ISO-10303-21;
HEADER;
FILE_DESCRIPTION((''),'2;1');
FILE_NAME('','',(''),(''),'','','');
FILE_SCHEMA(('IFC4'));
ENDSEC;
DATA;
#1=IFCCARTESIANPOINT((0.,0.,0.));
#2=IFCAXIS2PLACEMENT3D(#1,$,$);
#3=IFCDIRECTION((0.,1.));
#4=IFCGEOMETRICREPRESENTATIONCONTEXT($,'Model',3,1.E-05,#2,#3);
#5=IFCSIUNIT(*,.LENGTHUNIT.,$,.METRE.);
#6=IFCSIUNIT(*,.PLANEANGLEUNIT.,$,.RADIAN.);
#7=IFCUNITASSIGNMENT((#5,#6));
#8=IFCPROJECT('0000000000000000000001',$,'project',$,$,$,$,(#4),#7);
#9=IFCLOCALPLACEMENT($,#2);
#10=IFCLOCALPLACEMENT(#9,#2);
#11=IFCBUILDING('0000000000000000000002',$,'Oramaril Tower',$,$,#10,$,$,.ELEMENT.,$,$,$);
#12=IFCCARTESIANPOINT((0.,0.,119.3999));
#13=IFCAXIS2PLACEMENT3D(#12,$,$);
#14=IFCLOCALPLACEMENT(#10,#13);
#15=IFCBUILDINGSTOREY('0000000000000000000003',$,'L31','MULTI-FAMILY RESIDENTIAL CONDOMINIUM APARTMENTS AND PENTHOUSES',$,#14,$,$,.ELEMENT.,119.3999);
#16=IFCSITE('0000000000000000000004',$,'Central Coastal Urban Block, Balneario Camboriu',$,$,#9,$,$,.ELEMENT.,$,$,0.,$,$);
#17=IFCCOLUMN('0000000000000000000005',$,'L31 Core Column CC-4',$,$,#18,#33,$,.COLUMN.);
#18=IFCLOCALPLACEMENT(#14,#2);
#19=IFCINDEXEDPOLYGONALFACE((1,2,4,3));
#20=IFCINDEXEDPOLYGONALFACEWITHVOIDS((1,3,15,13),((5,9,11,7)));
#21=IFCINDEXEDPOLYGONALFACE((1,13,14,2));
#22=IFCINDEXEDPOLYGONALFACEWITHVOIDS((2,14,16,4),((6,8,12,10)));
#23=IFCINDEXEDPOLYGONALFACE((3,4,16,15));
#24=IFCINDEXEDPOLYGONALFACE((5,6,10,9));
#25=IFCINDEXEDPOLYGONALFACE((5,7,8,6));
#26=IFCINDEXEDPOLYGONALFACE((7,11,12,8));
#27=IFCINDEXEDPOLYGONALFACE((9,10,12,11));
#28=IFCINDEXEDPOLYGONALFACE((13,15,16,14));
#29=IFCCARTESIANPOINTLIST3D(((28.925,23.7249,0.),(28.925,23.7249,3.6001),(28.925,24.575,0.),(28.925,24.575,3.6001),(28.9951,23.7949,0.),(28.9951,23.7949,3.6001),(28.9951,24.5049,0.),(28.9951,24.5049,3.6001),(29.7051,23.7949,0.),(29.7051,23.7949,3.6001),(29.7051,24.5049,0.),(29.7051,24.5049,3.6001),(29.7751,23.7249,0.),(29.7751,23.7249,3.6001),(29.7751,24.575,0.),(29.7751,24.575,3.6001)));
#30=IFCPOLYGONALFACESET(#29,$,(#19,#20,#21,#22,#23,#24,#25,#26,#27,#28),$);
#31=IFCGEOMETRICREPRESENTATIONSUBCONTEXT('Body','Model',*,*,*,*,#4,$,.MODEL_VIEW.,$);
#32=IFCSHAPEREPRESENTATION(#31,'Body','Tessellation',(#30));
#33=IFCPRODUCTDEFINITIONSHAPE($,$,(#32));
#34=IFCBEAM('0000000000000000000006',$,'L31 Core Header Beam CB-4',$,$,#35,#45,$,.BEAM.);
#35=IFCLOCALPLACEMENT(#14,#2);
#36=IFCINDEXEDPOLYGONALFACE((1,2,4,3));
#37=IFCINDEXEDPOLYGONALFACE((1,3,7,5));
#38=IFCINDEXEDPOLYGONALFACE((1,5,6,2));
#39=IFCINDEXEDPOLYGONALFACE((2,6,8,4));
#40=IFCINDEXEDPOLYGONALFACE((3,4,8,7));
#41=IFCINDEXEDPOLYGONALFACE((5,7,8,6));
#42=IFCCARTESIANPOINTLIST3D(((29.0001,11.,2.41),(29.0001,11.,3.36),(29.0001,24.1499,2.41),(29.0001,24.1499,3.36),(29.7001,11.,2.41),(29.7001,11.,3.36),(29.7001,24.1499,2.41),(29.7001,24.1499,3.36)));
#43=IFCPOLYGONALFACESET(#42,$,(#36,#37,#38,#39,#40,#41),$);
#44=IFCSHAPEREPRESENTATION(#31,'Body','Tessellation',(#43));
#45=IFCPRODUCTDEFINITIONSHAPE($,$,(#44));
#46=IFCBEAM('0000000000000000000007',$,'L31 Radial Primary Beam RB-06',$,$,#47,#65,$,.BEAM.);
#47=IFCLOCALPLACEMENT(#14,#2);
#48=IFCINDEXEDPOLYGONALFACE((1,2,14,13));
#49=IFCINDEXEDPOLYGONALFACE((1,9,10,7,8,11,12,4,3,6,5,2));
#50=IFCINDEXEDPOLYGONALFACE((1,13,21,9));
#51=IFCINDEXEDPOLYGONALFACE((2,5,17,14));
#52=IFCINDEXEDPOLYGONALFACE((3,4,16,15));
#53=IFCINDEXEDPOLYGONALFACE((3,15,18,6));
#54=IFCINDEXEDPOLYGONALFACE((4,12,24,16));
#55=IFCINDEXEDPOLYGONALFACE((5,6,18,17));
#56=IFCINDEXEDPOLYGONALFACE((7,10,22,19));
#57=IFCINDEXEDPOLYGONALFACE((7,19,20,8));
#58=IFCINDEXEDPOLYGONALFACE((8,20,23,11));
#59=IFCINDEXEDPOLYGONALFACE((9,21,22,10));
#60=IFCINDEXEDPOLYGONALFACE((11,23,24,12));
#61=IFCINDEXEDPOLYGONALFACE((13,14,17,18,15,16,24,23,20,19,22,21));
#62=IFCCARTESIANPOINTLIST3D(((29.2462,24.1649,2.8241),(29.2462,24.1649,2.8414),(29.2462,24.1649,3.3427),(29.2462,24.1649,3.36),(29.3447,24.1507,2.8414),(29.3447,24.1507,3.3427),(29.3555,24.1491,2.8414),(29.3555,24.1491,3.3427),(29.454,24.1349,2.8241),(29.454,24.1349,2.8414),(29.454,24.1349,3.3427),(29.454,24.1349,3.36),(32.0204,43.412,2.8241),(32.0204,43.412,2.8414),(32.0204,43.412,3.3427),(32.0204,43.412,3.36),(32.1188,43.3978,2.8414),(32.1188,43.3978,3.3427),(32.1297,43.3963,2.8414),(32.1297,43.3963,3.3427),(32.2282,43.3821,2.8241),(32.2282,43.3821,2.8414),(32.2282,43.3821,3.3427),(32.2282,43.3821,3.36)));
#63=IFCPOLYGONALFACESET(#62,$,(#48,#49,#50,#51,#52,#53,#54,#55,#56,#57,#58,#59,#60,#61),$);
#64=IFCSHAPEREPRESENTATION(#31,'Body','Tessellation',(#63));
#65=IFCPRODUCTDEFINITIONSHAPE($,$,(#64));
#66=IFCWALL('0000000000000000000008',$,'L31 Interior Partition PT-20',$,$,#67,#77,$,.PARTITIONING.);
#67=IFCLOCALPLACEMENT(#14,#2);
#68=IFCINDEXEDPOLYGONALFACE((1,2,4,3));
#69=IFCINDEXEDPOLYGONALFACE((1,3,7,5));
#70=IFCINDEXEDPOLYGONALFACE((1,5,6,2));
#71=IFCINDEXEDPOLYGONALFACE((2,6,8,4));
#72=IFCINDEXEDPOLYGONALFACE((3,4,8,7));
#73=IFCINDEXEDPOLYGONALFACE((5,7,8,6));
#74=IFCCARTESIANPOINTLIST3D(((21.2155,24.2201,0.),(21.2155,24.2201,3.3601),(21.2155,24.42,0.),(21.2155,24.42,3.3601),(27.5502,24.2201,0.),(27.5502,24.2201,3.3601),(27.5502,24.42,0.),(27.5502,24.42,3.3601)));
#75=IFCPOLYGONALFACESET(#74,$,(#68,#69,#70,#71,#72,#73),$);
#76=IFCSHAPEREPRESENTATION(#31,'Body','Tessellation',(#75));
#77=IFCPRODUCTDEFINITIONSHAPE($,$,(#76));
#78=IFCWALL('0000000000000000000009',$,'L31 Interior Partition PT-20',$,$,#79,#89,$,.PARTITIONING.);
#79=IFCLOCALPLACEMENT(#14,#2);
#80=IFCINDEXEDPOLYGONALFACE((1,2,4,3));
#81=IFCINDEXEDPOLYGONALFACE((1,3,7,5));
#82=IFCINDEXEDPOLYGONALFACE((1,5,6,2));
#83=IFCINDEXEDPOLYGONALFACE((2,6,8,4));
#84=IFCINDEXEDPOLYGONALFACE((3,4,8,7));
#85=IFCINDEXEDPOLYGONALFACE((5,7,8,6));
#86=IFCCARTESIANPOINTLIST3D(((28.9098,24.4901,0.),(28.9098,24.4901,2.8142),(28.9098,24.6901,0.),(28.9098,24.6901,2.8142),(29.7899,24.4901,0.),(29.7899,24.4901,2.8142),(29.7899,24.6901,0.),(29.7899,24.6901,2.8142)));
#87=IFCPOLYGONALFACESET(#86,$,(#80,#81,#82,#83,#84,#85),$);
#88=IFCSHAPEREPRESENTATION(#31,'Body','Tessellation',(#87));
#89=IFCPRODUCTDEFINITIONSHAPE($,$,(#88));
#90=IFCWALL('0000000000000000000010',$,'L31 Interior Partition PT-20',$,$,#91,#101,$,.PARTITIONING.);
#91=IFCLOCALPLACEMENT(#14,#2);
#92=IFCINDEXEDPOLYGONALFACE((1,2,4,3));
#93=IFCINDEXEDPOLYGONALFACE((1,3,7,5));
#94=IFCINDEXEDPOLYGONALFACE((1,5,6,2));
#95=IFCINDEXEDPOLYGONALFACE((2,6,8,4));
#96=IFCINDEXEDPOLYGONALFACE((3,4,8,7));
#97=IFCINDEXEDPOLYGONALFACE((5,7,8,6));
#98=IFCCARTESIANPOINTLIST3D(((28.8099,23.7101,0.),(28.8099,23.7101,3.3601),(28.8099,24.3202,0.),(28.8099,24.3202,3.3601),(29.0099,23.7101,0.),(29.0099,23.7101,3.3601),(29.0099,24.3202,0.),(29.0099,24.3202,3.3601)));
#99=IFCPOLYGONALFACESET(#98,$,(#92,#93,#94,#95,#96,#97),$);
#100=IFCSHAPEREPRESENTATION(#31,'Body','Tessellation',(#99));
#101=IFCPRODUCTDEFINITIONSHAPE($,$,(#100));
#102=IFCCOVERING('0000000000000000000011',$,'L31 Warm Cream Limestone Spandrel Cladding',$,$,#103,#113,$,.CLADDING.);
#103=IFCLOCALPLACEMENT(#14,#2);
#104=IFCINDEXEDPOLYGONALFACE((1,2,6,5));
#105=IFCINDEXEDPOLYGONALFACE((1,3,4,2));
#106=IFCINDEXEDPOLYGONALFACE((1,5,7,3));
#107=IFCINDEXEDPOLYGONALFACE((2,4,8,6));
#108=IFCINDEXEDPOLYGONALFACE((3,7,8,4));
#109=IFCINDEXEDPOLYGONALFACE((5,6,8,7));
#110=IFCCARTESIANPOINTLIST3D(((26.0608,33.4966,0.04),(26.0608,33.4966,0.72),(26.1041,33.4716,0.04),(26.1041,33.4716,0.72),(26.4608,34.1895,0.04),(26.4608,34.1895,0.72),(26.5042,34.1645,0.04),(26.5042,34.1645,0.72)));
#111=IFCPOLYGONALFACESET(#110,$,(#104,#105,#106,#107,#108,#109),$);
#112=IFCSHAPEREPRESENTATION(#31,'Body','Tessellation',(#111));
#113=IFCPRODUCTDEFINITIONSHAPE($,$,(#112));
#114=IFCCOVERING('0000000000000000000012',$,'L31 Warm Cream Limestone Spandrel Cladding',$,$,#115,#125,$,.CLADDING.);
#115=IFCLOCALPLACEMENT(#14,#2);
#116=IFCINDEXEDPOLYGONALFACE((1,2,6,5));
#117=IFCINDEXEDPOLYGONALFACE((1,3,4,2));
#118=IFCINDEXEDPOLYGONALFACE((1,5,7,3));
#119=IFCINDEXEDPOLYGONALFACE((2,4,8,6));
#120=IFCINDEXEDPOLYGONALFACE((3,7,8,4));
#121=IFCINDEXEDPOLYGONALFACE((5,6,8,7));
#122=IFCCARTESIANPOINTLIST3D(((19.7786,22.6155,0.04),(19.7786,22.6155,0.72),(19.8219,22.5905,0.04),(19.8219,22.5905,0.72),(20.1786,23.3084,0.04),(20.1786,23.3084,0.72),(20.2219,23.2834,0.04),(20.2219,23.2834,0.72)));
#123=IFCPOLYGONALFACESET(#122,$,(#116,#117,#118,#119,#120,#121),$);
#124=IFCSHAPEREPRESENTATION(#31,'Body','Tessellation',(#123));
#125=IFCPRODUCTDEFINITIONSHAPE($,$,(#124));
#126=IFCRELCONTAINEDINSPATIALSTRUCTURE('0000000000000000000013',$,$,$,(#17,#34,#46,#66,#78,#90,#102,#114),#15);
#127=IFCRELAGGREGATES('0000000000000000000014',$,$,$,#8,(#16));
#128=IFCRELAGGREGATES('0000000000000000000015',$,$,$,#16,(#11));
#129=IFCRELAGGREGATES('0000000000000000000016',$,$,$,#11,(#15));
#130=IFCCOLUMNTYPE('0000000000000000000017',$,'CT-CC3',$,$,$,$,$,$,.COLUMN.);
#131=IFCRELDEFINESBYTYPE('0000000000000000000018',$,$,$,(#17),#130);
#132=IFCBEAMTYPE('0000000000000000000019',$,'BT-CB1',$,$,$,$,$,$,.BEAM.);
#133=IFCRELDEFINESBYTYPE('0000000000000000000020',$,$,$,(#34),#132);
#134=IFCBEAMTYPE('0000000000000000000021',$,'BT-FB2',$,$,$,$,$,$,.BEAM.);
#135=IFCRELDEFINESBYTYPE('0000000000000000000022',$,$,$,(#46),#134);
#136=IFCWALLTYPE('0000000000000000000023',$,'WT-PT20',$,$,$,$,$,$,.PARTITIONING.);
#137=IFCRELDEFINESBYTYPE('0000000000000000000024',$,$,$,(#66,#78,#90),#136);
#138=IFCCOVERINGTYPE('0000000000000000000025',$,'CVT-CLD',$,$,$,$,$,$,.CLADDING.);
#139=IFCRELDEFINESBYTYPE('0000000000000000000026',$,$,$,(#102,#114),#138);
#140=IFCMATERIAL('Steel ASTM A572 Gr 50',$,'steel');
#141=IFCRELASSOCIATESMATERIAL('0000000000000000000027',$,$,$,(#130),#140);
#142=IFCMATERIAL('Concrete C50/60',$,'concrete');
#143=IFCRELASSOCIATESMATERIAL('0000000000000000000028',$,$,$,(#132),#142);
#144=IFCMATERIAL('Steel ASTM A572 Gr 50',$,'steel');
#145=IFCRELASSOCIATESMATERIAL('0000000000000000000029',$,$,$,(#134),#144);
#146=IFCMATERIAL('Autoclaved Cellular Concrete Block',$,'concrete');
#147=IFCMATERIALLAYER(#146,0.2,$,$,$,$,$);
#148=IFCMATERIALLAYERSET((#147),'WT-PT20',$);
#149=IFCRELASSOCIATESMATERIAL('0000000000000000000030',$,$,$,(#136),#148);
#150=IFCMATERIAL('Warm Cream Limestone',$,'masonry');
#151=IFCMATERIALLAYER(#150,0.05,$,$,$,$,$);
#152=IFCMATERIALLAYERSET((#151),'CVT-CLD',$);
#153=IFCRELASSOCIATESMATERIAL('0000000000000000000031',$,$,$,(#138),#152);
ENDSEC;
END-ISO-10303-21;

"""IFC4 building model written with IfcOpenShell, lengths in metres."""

from ifc_helpers import new_model, si_unit, direction, frame, frame_2d, origin, origin_2d, place, context, subcontext, project, spatial, rectangle, hollow_rectangle, i_section, extrude, material, layer, layer_set, material_profile, profile_set, type_object, element, save


model = new_model("IFC4")

# Units and contexts
model_context = context("Model", 3, precision=1e-05, world=origin(), true_north=direction((0.0, 1.0)))
body_context = subcontext(model_context, "Body", "Model", "MODEL_VIEW")
ifc_project = project(units=[si_unit("LENGTHUNIT", "METRE"), si_unit("PLANEANGLEUNIT", "RADIAN")], contexts=[model_context])

# Site, building, storey
site_placement = place(None, origin())
site = spatial("IfcSite", under=ifc_project, at=site_placement, Name="Central Coastal Urban Block, Balneario Camboriu", CompositionType="ELEMENT", RefElevation=0.0)
building_placement = place(site_placement, origin())
building = spatial("IfcBuilding", under=site, at=building_placement, Name="Oramaril Tower", CompositionType="ELEMENT")
storey_placement = place(building_placement, frame((0.0, 0.0, 119.3999)))
storey = spatial("IfcBuildingStorey", under=building, at=storey_placement, Name="L31", Description="MULTI-FAMILY RESIDENTIAL CONDOMINIUM APARTMENTS AND PENTHOUSES", CompositionType="ELEMENT", Elevation=119.3999)

# Column
ifc_material_1 = material(Name="Steel ASTM A572 Gr 50", Category="steel")
ifc_material_profile_1 = material_profile(ifc_material_1, hollow_rectangle(XDim=0.8501, YDim=0.8501, WallThickness=0.0701, at=origin_2d()), Name="BOX850X850X70")
ifc_profile_set_1 = profile_set([ifc_material_profile_1], Name="Steel ASTM A572 Gr 50")
column_type = type_object("IfcColumnType", Name="CT-CC3", PredefinedType="COLUMN", material=ifc_profile_set_1)
column_placement = place(storey_placement, frame((29.3501, 24.1499, 0.0), z_axis=(0.0, 0.0, 1.0), x_axis=(1.0, 0.0, 0.0)))
element("IfcColumn", 1, at=column_placement, inside=storey, type_object=column_type, Name="L31 Core Column CC-4", PredefinedType="COLUMN", context=body_context, shape_type="SweptSolid", body=[
    extrude(hollow_rectangle(XDim=0.8501, YDim=0.8501, WallThickness=0.0701, at=origin_2d()), origin(), (0.0, 0.0, 1.0), 3.6001),
])

# Beams
ifc_material_2 = material(Name="Concrete C50/60", Category="concrete")
ifc_material_profile_2 = material_profile(ifc_material_2, rectangle(XDim=0.7, YDim=0.95, at=origin_2d()), Name="CB700X950")
ifc_profile_set_2 = profile_set([ifc_material_profile_2], Name="Concrete C50/60")
beam_type_1 = type_object("IfcBeamType", Name="BT-CB1", PredefinedType="BEAM", material=ifc_profile_set_2)
beam_1_placement = place(storey_placement, frame((29.3501, 24.1499, 2.885), z_axis=(0.0, -1.0, 0.0), x_axis=(1.0, 0.0, 0.0)))
element("IfcBeam", 2, at=beam_1_placement, inside=storey, type_object=beam_type_1, Name="L31 Core Header Beam CB-4", PredefinedType="BEAM", context=body_context, shape_type="SweptSolid", body=[
    extrude(rectangle(XDim=0.7, YDim=0.95, at=origin_2d()), origin(), (0.0, 0.0, 1.0), 13.1499),
])
ifc_material_3 = material(Name="Steel ASTM A572 Gr 50", Category="steel")
ifc_material_profile_3 = material_profile(ifc_material_3, i_section(OverallWidth=0.21, OverallDepth=0.5359, WebThickness=0.011, FlangeThickness=0.0173, at=origin_2d()), Name="W21X68")
ifc_profile_set_3 = profile_set([ifc_material_profile_3], Name="Steel ASTM A572 Gr 50")
beam_type_2 = type_object("IfcBeamType", Name="BT-FB2", PredefinedType="BEAM", material=ifc_profile_set_3)
beam_2_placement = place(storey_placement, frame((29.3501, 24.1499, 3.092), z_axis=(0.14266, 0.989772, 0.0), x_axis=(-0.989772, 0.14266, 0.0)))
element("IfcBeam", 3, at=beam_2_placement, inside=storey, type_object=beam_type_2, Name="L31 Radial Primary Beam RB-06", PredefinedType="BEAM", context=body_context, shape_type="SweptSolid", body=[
    extrude(i_section(OverallWidth=0.21, OverallDepth=0.5359, WebThickness=0.011, FlangeThickness=0.0173, at=origin_2d()), origin(), (0.0, 0.0, 1.0), 19.446),
])

# Walls
ifc_material_4 = material(Name="Autoclaved Cellular Concrete Block", Category="concrete")
ifc_layer_1 = layer(ifc_material_4, 0.2)
ifc_layer_set_1 = layer_set([ifc_layer_1], Name="WT-PT20")
wall_type_1 = type_object("IfcWallType", Name="WT-PT20", PredefinedType="PARTITIONING", material=ifc_layer_set_1)
wall_1_placement = place(storey_placement, frame((21.2153, 24.3201, 0.0), z_axis=(0.0, 0.0, 1.0), x_axis=(1.0, 0.0, 0.0)))
element("IfcWall", 4, at=wall_1_placement, inside=storey, type_object=wall_type_1, Name="L31 Interior Partition PT-20", PredefinedType="PARTITIONING", context=body_context, shape_type="SweptSolid", body=[
    extrude(rectangle(XDim=6.3347, YDim=0.2, at=frame_2d((3.1675, 0.0))), origin(), (0.0, 0.0, 1.0), 3.3601),
])
wall_2_placement = place(storey_placement, frame((28.9099, 24.5901, 0.0), z_axis=(0.0, 0.0, 1.0), x_axis=(1.0, 0.0, 0.0)))
element("IfcWall", 5, at=wall_2_placement, inside=storey, type_object=wall_type_1, Name="L31 Interior Partition PT-20", PredefinedType="PARTITIONING", context=body_context, shape_type="SweptSolid", body=[
    extrude(rectangle(XDim=0.8801, YDim=0.2, at=frame_2d((0.4399, 0.0))), origin(), (0.0, 0.0, 1.0), 2.8142),
])

# Wall
wall_3_placement = place(storey_placement, frame((28.9099, 23.71, 0.0), z_axis=(0.0, 0.0, 1.0), x_axis=(0.0, 1.0, 0.0)))
element("IfcWall", 6, at=wall_3_placement, inside=storey, type_object=wall_type_1, Name="L31 Interior Partition PT-20", PredefinedType="PARTITIONING", context=body_context, shape_type="SweptSolid", body=[
    extrude(rectangle(XDim=0.6101, YDim=0.2, at=frame_2d((0.3052, 0.0))), origin(), (0.0, 0.0, 1.0), 3.3601),
])

# Coverings
ifc_material_5 = material(Name="Warm Cream Limestone", Category="masonry")
ifc_layer_2 = layer(ifc_material_5, 0.05)
ifc_layer_set_2 = layer_set([ifc_layer_2], Name="CVT-CLD")
covering_type = type_object("IfcCoveringType", Name="CVT-CLD", PredefinedType="CLADDING", material=ifc_layer_set_2)
for number, where, z_axis, x_axis, name in (
    (7, (26.2825, 33.8306, 0.04), (0.0, 0.0, 1.0), (-0.5, -0.866025, 0.0), "L31 Warm Cream Limestone Spandrel Cladding"),
    (8, (20.0002, 22.9495, 0.04), (0.0, 0.0, 1.0), (-0.5, -0.866025, 0.0), "L31 Warm Cream Limestone Spandrel Cladding"),
):
    element("IfcCovering", number, at=place(storey_placement, frame(where, z_axis=z_axis, x_axis=x_axis)), inside=storey, type_object=covering_type, Name=name, PredefinedType="CLADDING", context=body_context, shape_type="SweptSolid", body=[
        extrude(rectangle(XDim=0.8, YDim=0.05, at=origin_2d()), origin(), (0.0, 0.0, 1.0), 0.6799),
    ])

save(model, "model.ifc")
